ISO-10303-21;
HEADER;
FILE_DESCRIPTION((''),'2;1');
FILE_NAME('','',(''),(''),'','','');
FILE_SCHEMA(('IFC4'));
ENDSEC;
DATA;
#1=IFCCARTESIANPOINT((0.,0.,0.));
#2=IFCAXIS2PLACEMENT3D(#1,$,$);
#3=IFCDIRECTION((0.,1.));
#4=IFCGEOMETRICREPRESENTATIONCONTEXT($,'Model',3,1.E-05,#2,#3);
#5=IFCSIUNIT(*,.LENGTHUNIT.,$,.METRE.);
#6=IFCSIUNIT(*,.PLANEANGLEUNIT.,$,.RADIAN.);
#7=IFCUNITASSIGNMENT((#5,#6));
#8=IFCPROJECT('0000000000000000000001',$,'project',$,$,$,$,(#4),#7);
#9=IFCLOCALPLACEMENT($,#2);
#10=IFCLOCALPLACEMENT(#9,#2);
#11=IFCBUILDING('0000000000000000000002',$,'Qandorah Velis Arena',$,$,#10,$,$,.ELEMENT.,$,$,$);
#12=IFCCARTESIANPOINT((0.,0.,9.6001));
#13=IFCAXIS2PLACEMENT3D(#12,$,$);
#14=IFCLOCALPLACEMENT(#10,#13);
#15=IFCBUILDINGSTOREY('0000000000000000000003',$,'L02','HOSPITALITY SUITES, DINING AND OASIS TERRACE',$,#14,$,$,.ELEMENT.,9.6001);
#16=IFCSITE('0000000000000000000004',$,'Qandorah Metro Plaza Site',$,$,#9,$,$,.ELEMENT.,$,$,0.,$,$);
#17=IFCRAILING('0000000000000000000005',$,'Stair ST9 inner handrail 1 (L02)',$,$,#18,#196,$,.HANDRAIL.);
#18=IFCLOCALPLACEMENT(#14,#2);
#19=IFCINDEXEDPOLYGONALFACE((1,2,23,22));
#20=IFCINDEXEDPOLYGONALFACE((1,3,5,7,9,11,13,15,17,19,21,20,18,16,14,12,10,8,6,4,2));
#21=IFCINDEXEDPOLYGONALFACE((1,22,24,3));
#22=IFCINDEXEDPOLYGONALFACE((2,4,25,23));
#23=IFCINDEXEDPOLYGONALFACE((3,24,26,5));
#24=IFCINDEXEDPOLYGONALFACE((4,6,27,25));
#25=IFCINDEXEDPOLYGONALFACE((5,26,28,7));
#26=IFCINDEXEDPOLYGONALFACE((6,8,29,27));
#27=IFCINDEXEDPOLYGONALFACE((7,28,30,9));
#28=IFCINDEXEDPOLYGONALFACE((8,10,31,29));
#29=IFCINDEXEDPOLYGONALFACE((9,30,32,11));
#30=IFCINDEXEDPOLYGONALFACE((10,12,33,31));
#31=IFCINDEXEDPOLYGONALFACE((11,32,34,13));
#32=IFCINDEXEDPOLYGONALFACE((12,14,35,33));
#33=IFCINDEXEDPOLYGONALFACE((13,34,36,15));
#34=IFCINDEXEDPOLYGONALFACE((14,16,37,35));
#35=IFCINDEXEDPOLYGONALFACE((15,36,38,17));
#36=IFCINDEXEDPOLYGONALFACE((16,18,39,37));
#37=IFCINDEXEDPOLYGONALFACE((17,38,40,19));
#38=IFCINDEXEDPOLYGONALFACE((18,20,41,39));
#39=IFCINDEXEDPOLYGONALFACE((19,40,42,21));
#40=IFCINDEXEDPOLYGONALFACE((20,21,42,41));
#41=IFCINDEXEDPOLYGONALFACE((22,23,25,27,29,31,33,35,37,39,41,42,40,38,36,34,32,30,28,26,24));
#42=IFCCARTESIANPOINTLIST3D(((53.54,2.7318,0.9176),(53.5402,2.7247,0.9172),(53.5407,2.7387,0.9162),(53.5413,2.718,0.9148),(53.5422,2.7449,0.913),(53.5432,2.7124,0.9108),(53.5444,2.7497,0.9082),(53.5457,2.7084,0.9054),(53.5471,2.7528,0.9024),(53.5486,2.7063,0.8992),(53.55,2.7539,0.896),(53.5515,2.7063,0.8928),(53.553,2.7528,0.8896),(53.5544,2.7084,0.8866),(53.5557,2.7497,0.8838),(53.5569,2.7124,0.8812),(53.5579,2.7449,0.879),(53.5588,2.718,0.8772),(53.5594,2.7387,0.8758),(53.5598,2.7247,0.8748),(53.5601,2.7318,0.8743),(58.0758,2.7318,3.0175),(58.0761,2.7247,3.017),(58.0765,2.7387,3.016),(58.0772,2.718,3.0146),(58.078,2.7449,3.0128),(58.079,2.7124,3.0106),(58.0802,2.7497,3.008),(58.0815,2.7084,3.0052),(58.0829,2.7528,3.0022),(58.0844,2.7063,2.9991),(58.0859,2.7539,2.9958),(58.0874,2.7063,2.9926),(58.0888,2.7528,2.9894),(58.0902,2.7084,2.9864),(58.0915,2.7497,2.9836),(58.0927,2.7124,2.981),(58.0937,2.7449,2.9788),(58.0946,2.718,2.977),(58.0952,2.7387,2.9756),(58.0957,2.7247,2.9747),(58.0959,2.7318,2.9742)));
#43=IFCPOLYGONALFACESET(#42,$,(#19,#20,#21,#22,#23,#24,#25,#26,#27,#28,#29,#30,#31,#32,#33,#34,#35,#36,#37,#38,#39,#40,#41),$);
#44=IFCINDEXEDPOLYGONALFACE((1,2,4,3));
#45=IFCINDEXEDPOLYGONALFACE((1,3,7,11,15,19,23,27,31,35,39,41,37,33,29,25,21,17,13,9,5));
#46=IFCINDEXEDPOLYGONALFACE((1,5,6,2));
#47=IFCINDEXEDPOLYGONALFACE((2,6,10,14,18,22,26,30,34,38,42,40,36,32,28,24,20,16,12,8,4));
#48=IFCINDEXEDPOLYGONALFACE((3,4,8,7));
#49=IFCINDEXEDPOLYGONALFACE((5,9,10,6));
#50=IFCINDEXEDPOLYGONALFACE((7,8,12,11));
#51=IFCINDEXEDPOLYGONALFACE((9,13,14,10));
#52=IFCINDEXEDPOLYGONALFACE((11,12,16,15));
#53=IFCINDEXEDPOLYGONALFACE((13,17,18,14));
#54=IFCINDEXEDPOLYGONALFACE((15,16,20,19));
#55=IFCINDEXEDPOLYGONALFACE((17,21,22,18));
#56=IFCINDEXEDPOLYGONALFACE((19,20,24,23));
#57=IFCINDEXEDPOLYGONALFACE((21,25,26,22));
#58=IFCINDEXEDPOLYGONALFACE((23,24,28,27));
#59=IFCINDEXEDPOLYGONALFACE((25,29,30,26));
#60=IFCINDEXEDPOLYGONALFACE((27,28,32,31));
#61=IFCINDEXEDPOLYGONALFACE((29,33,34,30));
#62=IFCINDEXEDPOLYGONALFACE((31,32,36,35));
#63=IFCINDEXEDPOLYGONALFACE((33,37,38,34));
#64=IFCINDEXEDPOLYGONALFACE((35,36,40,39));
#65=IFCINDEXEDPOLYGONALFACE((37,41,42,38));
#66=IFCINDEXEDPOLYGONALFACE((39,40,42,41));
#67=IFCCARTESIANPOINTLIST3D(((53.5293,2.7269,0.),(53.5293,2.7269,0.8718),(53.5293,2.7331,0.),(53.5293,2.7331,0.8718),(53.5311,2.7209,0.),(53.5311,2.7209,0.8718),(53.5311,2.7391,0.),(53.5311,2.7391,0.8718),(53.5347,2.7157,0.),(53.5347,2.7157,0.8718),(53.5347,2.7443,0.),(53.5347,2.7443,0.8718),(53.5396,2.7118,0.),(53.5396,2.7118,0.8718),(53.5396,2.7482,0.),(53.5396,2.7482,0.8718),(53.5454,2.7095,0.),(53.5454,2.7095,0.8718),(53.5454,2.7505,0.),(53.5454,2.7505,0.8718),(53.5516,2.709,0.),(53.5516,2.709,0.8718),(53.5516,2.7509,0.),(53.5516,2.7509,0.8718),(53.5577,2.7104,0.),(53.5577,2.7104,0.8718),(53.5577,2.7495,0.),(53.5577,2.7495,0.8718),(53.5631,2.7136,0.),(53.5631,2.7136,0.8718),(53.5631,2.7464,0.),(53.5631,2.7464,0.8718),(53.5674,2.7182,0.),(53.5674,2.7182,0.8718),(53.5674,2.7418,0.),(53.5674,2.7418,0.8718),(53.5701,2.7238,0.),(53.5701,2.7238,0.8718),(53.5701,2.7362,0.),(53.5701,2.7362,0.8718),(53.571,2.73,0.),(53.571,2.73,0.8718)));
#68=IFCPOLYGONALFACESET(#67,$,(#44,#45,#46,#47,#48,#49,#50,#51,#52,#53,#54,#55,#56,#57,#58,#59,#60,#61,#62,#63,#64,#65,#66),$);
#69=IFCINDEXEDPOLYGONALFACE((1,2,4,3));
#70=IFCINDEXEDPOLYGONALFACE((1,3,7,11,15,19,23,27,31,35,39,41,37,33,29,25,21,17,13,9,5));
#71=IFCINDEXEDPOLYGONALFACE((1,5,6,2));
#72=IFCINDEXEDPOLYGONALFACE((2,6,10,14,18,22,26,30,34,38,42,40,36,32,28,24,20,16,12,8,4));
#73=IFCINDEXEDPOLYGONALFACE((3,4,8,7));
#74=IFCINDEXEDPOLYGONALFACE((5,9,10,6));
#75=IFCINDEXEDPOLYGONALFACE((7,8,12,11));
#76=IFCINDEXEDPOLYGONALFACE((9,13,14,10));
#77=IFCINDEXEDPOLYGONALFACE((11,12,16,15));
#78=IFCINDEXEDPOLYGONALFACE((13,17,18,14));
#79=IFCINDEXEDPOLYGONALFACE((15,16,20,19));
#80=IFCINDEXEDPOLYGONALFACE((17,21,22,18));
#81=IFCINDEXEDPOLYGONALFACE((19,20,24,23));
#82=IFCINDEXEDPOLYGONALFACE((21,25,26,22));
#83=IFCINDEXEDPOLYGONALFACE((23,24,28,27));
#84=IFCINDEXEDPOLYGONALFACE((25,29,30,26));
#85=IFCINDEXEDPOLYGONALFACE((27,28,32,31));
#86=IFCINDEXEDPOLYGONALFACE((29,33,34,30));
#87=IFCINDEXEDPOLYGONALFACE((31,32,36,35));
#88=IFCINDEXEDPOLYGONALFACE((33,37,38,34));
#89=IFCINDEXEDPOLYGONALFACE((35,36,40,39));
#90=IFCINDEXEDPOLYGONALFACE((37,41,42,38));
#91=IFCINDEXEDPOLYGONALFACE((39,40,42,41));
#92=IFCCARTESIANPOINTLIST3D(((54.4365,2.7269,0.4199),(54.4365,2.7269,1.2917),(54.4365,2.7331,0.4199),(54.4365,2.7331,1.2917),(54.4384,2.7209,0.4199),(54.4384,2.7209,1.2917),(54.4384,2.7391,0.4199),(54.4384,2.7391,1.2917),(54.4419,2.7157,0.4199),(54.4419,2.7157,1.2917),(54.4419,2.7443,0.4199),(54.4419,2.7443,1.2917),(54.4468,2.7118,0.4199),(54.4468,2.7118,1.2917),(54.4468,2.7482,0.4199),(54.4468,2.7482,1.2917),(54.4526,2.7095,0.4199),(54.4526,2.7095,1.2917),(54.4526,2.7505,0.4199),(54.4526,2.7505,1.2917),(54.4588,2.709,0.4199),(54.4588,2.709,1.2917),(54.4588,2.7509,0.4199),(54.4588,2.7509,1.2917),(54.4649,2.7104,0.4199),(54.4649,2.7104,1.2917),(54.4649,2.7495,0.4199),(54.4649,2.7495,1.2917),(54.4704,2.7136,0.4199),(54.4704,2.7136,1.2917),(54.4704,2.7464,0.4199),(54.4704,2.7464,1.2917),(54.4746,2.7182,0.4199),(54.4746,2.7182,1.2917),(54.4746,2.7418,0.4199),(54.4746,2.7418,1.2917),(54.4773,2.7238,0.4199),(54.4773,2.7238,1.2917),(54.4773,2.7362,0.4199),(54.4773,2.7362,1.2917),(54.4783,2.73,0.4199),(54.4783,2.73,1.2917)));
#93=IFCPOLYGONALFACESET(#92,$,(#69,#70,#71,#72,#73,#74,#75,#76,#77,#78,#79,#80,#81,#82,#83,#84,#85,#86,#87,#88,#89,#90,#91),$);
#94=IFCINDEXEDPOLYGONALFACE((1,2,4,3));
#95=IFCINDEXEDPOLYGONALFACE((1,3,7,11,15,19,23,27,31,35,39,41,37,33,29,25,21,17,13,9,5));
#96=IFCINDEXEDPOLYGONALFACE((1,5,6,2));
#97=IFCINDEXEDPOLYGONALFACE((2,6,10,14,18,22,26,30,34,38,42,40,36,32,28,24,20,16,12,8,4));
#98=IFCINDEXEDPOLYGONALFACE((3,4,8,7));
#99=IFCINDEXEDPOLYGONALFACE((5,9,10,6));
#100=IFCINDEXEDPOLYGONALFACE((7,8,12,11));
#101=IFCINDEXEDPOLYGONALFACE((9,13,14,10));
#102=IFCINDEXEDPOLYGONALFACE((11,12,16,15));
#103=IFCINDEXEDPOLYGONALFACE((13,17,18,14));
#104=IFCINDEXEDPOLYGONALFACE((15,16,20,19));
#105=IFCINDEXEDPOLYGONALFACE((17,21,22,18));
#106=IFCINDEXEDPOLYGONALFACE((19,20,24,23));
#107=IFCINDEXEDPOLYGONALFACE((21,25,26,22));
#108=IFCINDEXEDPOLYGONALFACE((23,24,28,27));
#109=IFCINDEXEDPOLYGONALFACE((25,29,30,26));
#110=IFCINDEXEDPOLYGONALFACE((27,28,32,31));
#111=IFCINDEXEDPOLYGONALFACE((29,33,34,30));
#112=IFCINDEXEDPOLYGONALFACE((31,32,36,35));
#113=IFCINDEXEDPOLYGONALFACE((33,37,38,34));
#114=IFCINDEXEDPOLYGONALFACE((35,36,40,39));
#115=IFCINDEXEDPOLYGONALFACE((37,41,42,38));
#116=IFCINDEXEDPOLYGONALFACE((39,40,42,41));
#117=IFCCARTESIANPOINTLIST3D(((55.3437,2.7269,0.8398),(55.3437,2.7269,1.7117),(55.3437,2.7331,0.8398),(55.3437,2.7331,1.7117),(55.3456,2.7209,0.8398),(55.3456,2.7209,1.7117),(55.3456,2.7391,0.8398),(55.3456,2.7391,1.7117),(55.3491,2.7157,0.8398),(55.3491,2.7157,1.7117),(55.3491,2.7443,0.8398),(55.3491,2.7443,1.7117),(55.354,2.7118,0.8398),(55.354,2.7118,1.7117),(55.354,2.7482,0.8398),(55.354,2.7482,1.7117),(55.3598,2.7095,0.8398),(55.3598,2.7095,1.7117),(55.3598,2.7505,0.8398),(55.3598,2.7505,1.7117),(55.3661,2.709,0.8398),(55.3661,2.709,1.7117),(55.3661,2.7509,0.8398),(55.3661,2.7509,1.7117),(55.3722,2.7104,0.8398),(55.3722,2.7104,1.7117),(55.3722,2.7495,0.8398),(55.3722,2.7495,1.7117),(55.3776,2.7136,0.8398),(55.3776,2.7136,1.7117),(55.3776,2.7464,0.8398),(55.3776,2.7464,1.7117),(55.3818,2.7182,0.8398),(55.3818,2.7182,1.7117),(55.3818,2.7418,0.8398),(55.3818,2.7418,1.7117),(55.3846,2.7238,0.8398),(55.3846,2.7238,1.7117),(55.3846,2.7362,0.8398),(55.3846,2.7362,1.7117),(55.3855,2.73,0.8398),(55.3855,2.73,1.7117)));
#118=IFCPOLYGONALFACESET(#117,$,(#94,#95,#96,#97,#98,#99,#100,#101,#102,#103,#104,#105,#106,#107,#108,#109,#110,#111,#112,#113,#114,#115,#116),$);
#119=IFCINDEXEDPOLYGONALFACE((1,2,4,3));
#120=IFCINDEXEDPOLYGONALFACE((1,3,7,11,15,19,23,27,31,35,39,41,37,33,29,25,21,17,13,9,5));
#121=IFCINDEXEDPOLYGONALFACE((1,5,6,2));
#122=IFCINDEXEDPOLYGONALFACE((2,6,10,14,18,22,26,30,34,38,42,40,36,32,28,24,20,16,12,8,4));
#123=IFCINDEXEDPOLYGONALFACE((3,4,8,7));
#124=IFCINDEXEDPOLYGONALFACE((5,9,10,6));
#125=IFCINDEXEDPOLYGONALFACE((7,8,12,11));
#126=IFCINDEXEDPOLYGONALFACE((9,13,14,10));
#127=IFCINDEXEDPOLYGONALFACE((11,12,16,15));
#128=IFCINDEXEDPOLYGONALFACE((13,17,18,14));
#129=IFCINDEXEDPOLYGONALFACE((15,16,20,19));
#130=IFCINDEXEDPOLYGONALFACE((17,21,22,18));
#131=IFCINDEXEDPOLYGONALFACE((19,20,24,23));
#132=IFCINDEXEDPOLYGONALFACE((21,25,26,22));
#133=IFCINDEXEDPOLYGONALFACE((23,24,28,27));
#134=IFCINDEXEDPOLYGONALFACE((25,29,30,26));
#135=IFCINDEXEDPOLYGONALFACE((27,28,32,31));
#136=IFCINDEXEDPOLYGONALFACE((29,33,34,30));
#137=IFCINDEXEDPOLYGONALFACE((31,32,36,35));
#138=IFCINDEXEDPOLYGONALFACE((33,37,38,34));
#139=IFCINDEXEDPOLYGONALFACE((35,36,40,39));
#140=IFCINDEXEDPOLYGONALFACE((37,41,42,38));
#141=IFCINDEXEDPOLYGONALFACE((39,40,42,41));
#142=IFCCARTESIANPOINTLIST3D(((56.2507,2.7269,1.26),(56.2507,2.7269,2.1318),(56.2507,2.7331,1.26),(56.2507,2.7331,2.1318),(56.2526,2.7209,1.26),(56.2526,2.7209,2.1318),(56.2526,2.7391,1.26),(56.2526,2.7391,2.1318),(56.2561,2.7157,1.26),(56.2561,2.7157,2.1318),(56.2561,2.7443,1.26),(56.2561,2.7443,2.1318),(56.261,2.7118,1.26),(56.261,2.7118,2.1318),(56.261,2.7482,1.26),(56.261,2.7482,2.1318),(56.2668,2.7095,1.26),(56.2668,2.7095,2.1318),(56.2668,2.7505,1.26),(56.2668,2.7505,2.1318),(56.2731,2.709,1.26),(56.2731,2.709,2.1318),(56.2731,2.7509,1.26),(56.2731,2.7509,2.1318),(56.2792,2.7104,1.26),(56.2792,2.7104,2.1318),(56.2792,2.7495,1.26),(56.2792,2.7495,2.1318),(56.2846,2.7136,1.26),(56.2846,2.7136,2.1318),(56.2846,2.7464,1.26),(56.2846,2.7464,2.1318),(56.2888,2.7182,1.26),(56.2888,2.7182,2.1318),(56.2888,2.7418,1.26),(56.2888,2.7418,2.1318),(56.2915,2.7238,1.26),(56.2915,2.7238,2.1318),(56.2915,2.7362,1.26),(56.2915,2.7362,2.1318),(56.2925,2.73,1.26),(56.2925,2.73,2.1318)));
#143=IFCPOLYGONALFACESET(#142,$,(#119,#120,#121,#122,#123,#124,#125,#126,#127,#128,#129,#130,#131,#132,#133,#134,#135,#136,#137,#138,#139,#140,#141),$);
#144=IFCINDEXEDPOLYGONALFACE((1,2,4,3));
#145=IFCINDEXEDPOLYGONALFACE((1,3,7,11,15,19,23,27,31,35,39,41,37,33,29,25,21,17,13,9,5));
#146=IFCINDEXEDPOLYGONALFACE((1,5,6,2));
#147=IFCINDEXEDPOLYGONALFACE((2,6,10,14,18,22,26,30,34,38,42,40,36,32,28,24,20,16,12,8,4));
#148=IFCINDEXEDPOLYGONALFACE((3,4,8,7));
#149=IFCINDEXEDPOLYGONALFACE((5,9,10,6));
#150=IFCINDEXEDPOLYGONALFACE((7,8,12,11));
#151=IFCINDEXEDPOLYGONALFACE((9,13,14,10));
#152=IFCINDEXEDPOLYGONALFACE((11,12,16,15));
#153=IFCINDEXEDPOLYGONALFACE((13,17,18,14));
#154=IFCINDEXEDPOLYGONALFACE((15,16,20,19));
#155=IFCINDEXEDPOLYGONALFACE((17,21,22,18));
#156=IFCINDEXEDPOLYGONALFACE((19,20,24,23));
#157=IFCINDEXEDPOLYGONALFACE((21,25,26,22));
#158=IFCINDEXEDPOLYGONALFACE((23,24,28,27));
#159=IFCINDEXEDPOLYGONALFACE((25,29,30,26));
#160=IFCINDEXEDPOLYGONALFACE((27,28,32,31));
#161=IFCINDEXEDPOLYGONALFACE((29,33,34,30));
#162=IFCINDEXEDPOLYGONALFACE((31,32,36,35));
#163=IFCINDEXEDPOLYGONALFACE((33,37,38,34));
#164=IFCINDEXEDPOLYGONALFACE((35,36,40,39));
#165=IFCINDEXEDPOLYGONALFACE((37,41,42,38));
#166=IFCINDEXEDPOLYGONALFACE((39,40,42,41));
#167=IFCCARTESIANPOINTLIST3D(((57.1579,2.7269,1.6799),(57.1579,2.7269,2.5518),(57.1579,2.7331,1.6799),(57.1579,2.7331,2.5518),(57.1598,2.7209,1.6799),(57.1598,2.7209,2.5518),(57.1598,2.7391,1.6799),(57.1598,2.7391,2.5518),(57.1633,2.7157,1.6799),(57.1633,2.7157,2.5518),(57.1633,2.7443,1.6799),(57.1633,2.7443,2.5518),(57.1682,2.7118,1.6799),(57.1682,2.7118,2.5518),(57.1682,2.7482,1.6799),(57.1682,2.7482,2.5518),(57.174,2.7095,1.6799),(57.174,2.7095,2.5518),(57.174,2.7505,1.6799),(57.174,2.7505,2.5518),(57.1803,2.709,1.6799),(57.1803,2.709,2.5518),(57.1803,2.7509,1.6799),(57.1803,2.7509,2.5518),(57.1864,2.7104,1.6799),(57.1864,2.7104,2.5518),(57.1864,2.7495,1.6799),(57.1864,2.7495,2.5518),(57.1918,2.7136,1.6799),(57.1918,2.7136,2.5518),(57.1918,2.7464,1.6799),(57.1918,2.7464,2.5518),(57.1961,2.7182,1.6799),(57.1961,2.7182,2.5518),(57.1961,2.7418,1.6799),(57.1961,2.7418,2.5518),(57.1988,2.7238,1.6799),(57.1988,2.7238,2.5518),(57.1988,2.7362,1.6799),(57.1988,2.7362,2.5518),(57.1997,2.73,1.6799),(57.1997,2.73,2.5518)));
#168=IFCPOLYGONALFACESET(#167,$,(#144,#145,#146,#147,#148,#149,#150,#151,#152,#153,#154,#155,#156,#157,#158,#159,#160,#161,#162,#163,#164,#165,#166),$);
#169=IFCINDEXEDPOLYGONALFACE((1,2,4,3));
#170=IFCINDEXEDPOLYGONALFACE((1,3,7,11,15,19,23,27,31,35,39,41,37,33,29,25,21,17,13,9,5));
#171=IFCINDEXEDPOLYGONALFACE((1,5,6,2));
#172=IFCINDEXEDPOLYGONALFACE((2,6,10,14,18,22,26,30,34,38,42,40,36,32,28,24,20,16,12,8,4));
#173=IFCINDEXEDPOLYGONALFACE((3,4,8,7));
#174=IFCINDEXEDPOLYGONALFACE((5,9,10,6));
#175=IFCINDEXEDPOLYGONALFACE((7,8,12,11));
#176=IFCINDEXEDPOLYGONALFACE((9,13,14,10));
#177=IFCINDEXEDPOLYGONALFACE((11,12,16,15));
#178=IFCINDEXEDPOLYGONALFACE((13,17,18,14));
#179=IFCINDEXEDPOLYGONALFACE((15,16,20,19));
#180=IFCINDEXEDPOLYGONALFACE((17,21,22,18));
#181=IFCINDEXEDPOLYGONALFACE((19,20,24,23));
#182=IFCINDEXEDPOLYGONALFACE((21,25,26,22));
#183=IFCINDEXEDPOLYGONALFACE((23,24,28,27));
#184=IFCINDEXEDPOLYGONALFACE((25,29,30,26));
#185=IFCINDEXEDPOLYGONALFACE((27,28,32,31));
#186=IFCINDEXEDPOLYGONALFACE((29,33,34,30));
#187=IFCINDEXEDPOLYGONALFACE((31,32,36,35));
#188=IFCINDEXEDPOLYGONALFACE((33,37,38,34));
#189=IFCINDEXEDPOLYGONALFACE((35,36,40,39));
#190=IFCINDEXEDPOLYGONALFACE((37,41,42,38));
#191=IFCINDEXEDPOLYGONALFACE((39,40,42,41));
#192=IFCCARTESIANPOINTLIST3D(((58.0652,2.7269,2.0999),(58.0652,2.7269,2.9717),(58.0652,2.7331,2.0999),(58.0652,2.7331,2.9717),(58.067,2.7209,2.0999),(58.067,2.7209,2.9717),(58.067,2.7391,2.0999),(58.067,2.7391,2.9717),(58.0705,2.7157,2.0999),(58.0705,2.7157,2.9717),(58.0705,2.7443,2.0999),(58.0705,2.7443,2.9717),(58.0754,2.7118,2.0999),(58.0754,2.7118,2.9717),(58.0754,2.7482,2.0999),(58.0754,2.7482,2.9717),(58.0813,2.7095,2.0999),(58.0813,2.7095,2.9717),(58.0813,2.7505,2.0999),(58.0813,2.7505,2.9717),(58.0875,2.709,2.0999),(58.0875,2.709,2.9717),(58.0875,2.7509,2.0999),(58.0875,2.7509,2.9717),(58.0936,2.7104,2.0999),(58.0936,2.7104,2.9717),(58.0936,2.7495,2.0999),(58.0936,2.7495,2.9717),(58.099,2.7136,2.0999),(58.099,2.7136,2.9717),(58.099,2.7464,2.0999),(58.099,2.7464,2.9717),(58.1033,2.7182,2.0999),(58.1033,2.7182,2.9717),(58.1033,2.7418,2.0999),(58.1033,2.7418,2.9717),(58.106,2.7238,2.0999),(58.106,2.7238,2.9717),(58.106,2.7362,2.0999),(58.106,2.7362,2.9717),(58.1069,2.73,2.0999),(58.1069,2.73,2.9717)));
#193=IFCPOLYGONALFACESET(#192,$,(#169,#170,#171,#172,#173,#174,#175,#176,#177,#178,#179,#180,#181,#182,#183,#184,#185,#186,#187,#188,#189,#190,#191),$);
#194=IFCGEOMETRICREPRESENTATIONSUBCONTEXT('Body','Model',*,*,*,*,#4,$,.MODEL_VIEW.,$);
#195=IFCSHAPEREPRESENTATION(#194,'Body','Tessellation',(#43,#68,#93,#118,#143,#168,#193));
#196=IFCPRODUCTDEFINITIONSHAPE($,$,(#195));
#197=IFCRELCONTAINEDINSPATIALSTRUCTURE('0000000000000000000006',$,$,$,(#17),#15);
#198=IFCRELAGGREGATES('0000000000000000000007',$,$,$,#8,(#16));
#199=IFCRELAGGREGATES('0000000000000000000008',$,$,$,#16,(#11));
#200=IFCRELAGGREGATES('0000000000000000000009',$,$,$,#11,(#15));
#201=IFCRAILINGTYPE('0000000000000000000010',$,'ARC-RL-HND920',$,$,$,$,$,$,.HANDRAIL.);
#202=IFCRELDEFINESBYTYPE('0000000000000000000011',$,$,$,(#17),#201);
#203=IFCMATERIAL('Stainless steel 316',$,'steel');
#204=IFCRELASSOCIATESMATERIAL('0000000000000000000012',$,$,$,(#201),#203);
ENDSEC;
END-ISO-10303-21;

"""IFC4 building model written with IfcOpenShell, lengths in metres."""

from ifc_helpers import new_model, si_unit, direction, frame, origin, origin_2d, place, context, subcontext, project, spatial, circle, extrude, material, type_object, element, save


model = new_model("IFC4")

# Units and contexts
model_context = context("Model", 3, precision=1e-05, world=origin(), true_north=direction((0.0, 1.0)))
body_context = subcontext(model_context, "Body", "Model", "MODEL_VIEW")
ifc_project = project(units=[si_unit("LENGTHUNIT", "METRE"), si_unit("PLANEANGLEUNIT", "RADIAN")], contexts=[model_context])

# Site, building, storey
site_placement = place(None, origin())
site = spatial("IfcSite", under=ifc_project, at=site_placement, Name="Qandorah Metro Plaza Site", CompositionType="ELEMENT", RefElevation=0.0)
building_placement = place(site_placement, origin())
building = spatial("IfcBuilding", under=site, at=building_placement, Name="Qandorah Velis Arena", CompositionType="ELEMENT")
storey_placement = place(building_placement, frame((0.0, 0.0, 9.6001)))
storey = spatial("IfcBuildingStorey", under=building, at=storey_placement, Name="L02", Description="HOSPITALITY SUITES, DINING AND OASIS TERRACE", CompositionType="ELEMENT", Elevation=9.6001)

# Railing
ifc_material_1 = material(Name="Stainless steel 316", Category="steel")
railing_type_1 = type_object("IfcRailingType", Name="ARC-RL-HND920", PredefinedType="HANDRAIL", material=ifc_material_1)
railing_1_placement = place(storey_placement, frame((53.55, 2.73, 0.0)))
element("IfcRailing", 1, at=railing_1_placement, inside=storey, type_object=railing_type_1, Name="Stair ST9 inner handrail 1 (L02)", PredefinedType="HANDRAIL", context=body_context, shape_type="SweptSolid", body=[
    extrude(circle(Radius=0.0239, at=origin_2d()), frame((0.0, 0.0, 0.896), z_axis=(0.907474, 0.0, 0.420108), x_axis=(0.0, 1.0, 0.0)), (0.0, 0.0, 1.0), 4.9983),
    extrude(circle(Radius=0.021, at=origin_2d()), origin(), (0.0, 0.0, 1.0), 0.8718),
    extrude(circle(Radius=0.021, at=origin_2d()), frame((0.9072, 0.0, 0.4199)), (0.0, 0.0, 1.0), 0.8718),
    extrude(circle(Radius=0.021, at=origin_2d()), frame((1.8145, 0.0, 0.8398)), (0.0, 0.0, 1.0), 0.8718),
    extrude(circle(Radius=0.021, at=origin_2d()), frame((2.7214, 0.0, 1.26)), (0.0, 0.0, 1.0), 0.8718),
    extrude(circle(Radius=0.021, at=origin_2d()), frame((3.6287, 0.0, 1.6799)), (0.0, 0.0, 1.0), 0.8718),
    extrude(circle(Radius=0.021, at=origin_2d()), frame((4.5359, 0.0, 2.0999)), (0.0, 0.0, 1.0), 0.8718),
])

save(model, "model.ifc")
